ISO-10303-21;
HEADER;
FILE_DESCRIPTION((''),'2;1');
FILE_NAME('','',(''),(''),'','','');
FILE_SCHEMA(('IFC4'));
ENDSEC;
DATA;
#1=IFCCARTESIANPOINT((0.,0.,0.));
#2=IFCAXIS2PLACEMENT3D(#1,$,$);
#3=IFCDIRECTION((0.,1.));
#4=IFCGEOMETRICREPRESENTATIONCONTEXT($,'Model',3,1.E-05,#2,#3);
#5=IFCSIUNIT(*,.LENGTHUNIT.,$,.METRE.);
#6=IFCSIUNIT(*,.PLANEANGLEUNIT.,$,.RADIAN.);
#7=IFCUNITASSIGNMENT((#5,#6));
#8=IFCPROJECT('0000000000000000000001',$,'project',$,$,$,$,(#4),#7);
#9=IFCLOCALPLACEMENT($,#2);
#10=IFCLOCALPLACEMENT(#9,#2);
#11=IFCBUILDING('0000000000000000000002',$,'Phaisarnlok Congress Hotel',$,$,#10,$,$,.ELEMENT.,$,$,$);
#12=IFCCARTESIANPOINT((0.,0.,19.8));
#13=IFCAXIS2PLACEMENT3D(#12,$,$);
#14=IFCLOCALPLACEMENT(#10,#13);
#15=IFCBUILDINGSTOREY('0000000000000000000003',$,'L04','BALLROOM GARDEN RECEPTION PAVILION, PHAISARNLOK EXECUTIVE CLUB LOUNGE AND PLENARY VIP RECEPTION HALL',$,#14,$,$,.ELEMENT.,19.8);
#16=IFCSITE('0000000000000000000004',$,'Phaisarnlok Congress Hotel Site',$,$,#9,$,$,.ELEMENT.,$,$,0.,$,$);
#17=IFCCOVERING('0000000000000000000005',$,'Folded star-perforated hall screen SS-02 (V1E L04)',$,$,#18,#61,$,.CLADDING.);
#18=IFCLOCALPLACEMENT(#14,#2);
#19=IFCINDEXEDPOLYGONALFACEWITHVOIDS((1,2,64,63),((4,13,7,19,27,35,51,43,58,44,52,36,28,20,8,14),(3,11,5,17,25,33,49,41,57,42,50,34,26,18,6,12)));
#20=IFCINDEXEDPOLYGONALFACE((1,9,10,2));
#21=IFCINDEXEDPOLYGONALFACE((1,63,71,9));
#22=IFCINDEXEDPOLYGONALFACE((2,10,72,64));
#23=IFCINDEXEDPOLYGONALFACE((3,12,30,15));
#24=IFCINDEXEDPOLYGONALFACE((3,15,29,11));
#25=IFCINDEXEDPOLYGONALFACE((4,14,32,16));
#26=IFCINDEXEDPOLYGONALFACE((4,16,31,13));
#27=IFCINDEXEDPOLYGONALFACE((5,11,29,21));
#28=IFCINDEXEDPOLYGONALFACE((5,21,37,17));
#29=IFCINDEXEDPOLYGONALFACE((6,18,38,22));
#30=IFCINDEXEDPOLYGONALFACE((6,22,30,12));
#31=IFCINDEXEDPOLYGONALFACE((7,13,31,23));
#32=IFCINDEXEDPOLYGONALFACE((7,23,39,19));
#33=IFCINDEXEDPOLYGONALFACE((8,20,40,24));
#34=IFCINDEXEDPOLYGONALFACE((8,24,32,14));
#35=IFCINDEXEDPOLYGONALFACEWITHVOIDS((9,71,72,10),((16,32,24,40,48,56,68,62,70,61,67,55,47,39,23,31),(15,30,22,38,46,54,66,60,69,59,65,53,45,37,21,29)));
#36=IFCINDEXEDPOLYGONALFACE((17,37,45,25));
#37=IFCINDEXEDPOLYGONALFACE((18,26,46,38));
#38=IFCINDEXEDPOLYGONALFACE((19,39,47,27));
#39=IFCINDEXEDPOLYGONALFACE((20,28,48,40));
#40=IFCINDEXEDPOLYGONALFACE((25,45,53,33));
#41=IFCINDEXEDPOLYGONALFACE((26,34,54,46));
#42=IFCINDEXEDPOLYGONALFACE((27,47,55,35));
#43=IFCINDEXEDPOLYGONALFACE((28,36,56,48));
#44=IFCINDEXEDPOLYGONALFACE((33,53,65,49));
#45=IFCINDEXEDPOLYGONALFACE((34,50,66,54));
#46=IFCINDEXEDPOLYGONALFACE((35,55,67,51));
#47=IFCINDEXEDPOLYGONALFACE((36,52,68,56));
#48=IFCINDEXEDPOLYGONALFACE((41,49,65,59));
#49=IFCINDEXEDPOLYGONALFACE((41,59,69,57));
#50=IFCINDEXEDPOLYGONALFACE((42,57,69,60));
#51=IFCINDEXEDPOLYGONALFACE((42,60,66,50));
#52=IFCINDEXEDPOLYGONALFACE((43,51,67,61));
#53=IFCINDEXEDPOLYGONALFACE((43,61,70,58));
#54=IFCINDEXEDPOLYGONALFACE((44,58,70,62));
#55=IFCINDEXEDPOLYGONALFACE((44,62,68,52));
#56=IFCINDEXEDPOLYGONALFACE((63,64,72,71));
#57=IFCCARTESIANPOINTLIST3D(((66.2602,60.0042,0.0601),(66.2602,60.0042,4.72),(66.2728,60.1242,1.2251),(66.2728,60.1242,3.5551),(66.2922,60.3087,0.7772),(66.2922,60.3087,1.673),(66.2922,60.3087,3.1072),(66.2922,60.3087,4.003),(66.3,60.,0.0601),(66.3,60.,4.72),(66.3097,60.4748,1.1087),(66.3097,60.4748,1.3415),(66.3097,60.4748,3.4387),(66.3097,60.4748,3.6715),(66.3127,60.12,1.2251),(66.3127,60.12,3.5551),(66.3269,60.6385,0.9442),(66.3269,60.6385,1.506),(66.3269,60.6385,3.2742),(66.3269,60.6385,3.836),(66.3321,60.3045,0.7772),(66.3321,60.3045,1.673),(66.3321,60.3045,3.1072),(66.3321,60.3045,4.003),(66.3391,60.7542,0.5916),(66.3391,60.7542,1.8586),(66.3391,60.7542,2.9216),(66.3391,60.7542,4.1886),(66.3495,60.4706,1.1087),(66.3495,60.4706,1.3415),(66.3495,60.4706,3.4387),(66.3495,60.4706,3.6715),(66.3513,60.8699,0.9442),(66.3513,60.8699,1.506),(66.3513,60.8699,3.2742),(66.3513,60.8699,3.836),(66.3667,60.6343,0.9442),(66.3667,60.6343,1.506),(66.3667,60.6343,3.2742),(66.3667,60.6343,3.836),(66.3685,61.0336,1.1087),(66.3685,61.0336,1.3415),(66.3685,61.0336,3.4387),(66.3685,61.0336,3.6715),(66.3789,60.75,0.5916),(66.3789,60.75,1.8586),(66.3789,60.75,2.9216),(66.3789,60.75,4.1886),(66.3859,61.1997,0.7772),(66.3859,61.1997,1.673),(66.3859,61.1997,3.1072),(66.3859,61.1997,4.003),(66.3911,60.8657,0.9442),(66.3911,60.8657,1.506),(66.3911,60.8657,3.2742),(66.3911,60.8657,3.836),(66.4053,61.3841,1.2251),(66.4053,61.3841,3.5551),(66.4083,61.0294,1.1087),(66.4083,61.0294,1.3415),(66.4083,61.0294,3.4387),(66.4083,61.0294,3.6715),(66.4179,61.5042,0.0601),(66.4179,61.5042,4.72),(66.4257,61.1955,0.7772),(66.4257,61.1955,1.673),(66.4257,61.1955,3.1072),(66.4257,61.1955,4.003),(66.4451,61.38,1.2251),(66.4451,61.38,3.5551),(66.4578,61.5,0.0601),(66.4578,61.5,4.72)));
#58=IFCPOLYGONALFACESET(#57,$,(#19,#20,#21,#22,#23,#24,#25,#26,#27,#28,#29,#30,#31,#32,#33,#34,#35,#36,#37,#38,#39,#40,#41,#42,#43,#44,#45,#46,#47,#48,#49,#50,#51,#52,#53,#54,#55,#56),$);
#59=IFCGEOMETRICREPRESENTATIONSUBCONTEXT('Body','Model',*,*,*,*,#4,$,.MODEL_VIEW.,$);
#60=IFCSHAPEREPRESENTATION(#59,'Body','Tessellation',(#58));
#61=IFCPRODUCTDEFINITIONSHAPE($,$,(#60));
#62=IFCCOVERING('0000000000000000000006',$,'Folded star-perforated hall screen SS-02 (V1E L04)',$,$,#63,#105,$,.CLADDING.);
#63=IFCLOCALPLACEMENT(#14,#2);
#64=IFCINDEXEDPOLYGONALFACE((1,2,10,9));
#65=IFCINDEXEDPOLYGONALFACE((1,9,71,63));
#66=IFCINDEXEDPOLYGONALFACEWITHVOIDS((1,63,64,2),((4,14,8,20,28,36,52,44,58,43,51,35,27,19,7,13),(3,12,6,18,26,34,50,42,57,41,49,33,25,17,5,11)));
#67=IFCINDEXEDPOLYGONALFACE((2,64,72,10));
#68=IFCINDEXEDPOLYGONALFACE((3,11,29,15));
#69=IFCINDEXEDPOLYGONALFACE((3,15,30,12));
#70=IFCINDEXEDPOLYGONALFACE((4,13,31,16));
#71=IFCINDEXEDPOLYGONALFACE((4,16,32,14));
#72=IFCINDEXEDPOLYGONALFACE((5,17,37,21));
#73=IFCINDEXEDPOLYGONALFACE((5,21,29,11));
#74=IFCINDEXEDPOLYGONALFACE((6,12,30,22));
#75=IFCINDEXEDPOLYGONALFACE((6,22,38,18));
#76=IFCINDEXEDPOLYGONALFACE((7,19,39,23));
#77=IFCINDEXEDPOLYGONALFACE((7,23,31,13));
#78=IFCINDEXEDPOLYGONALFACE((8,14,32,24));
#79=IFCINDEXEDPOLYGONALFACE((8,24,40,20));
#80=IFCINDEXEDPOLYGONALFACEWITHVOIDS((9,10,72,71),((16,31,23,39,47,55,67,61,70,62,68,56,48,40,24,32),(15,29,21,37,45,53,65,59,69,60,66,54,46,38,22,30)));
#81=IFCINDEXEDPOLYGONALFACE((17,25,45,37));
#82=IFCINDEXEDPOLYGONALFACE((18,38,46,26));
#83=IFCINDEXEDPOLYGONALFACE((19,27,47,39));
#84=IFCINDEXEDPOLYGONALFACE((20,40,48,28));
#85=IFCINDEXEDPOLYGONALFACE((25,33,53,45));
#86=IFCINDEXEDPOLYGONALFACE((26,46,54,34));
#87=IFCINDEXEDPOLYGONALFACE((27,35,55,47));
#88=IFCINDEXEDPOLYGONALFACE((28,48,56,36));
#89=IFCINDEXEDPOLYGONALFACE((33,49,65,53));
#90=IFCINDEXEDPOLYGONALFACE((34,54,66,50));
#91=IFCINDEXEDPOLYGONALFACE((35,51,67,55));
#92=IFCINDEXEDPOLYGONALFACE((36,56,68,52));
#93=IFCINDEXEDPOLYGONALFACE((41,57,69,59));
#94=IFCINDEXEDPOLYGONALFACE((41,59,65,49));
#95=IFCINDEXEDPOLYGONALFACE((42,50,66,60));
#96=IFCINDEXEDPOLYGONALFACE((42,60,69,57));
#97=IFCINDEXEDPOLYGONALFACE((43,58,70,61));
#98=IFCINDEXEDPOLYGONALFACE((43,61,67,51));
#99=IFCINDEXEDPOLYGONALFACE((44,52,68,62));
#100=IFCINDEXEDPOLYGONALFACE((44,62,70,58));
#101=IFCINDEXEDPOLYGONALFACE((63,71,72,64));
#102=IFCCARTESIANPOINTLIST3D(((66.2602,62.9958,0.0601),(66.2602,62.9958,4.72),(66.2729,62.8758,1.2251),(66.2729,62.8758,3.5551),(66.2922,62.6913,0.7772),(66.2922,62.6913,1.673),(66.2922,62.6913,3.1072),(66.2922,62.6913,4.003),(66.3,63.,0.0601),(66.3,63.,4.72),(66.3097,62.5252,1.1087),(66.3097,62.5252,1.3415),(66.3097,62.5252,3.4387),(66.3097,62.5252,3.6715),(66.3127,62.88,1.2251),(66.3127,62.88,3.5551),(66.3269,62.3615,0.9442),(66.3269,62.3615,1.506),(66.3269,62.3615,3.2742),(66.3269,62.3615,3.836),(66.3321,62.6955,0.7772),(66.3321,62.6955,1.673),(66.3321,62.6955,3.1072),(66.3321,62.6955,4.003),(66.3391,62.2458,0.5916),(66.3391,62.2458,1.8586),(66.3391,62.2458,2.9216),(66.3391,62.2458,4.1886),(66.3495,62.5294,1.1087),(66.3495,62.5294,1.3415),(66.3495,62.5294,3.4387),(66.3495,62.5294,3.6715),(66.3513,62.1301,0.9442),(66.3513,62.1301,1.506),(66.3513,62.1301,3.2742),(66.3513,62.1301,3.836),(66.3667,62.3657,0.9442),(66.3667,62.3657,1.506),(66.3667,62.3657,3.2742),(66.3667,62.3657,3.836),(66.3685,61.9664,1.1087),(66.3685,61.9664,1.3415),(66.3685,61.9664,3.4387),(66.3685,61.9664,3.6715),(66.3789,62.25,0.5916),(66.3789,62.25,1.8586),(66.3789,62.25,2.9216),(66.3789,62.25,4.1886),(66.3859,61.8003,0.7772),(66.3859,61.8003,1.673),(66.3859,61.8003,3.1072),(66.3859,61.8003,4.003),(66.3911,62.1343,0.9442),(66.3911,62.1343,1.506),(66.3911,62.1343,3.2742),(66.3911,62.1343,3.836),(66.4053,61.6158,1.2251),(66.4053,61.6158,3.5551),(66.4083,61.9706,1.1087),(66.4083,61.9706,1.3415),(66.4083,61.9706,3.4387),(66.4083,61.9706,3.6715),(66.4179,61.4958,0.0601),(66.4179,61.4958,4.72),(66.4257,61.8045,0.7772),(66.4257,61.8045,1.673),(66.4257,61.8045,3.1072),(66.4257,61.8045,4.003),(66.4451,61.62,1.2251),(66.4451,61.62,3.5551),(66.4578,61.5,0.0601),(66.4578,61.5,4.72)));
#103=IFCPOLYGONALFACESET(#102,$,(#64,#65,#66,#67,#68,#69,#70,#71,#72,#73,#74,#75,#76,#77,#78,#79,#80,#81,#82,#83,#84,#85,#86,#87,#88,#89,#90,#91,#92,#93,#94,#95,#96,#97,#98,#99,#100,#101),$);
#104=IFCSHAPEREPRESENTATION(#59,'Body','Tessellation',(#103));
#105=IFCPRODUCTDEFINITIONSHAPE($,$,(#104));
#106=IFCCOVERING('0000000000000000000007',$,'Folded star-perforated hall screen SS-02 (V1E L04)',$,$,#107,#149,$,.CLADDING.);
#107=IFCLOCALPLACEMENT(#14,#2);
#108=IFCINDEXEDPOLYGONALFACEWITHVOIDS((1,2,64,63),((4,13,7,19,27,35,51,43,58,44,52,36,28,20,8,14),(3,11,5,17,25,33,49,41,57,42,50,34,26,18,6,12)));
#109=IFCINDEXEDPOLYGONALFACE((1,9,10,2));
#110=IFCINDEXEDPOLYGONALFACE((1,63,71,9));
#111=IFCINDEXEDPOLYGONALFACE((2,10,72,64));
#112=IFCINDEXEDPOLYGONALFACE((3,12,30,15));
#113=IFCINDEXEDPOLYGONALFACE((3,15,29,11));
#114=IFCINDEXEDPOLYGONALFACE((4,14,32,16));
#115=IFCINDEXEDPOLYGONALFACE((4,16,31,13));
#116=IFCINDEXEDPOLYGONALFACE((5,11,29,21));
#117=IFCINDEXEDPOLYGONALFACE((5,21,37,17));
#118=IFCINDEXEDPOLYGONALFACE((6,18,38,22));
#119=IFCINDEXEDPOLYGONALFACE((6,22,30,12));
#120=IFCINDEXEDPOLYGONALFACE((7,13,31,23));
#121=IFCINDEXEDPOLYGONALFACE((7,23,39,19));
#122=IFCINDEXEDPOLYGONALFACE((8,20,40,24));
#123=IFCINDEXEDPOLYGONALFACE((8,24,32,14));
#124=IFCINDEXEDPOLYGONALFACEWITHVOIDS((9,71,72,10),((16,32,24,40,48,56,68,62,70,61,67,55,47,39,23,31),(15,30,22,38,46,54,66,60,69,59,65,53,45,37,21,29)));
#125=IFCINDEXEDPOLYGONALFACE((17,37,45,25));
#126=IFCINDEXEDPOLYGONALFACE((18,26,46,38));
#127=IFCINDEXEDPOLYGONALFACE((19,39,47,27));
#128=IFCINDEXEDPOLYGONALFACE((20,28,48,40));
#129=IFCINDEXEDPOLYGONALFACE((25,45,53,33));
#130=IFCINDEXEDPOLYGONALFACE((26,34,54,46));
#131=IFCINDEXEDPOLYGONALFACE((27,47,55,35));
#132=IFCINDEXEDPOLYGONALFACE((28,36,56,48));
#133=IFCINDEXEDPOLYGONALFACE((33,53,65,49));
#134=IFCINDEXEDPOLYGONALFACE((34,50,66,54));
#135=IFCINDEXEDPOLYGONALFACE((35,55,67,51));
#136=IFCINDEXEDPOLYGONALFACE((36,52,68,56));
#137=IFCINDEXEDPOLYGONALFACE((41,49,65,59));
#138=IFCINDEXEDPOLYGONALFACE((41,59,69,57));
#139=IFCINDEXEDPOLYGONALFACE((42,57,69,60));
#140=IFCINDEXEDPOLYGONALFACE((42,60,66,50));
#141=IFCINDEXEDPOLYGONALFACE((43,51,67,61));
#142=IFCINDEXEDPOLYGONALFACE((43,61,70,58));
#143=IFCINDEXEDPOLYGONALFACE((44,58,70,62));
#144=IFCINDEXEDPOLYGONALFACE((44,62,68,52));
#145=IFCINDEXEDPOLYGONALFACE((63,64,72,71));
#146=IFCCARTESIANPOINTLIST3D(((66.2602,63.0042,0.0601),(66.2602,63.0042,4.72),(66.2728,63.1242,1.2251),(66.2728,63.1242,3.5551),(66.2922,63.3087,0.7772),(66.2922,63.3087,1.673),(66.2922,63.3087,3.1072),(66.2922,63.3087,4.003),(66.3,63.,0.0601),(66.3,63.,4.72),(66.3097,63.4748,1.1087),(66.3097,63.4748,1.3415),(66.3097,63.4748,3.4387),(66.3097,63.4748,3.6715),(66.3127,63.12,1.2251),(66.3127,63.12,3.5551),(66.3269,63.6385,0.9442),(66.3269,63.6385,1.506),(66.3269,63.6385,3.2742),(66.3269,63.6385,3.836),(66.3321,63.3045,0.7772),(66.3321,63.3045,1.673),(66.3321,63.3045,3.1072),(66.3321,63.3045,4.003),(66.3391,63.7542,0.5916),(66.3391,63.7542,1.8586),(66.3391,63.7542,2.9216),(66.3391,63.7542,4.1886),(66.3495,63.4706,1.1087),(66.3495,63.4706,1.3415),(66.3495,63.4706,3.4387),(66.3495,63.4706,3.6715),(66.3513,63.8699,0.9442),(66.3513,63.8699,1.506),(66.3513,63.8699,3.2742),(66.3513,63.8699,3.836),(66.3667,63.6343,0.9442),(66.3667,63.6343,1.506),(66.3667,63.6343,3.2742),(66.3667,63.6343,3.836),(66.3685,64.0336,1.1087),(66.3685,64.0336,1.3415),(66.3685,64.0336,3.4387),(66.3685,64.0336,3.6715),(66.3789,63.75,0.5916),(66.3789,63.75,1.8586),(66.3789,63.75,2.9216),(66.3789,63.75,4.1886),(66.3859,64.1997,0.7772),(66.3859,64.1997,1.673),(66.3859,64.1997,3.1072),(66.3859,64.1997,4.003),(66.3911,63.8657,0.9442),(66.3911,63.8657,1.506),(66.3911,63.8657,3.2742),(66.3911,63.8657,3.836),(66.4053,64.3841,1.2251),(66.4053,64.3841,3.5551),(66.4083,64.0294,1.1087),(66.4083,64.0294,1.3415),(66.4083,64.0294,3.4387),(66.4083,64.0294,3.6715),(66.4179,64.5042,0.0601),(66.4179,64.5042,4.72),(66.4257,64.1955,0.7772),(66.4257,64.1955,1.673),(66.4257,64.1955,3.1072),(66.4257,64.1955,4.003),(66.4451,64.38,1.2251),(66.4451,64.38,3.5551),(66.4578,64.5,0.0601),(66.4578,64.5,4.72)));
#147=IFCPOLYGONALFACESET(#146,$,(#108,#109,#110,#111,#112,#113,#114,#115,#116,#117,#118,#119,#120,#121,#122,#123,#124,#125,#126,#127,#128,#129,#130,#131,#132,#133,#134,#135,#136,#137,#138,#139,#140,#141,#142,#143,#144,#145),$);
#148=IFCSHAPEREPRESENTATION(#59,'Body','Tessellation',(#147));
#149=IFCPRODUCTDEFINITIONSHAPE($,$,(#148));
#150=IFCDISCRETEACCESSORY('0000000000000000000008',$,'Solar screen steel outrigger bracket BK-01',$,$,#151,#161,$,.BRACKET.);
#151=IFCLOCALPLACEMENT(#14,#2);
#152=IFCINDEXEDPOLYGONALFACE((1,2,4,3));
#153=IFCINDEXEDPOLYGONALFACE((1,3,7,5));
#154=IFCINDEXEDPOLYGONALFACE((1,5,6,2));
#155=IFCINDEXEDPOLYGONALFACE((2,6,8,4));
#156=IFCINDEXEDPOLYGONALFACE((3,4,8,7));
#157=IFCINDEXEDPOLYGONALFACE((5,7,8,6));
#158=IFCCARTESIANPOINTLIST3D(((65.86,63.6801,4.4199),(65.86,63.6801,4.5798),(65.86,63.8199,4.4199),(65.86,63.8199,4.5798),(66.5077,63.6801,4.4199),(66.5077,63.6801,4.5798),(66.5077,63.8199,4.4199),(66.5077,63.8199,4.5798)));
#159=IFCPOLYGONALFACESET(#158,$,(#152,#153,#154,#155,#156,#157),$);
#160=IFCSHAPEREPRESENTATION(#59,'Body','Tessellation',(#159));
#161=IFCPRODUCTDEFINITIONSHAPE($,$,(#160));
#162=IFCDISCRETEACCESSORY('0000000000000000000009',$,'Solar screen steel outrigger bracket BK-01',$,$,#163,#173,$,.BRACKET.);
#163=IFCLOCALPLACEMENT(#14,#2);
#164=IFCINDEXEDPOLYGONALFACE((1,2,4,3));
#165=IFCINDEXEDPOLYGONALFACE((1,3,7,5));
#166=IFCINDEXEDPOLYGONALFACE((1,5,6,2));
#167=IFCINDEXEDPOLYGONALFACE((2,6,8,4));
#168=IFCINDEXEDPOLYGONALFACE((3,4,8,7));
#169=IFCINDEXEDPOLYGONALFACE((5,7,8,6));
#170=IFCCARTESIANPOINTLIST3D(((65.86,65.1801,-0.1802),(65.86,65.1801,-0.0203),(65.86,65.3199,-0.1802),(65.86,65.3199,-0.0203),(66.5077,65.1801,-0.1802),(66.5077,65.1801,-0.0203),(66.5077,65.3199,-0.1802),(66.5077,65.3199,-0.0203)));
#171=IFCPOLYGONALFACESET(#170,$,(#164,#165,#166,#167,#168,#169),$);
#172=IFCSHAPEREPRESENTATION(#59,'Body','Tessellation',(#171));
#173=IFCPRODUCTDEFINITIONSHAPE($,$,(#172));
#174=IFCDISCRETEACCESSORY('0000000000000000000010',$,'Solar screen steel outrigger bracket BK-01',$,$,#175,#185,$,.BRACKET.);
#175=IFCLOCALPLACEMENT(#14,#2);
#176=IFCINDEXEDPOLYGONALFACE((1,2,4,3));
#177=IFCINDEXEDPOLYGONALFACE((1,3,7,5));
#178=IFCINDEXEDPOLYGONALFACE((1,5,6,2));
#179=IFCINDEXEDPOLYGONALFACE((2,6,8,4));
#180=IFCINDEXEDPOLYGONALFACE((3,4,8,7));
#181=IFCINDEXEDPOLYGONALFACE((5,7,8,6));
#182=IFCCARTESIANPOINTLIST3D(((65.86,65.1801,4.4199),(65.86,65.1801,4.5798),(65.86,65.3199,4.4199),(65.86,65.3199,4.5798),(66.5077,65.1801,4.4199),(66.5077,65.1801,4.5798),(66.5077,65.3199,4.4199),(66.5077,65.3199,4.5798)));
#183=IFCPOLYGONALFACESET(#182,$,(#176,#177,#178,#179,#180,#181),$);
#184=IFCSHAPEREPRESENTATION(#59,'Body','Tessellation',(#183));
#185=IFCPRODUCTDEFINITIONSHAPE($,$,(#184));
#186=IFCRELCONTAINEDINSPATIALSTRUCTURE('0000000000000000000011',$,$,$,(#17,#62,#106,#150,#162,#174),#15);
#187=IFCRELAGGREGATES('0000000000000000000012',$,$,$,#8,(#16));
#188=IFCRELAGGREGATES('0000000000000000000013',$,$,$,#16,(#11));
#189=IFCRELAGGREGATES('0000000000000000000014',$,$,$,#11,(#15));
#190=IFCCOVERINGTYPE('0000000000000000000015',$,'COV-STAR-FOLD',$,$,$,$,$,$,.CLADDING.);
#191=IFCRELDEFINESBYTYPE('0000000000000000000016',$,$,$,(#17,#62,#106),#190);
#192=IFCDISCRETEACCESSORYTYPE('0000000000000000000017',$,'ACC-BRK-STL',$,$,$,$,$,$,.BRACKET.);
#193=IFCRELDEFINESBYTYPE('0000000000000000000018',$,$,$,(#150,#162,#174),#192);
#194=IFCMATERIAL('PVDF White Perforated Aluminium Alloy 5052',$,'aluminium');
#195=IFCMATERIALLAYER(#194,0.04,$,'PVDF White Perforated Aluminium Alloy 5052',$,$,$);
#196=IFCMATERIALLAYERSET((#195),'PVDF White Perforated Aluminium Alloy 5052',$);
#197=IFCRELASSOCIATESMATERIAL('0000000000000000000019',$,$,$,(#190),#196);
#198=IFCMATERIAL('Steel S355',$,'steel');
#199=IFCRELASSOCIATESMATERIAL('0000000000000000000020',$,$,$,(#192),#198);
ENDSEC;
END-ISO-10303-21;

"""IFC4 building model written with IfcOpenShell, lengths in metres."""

from ifc_helpers import new_model, si_unit, direction, frame, origin, origin_2d, place, context, subcontext, project, spatial, polyline, rectangle, outline, extrude, material, layer, layer_set, type_object, element, save


model = new_model("IFC4")

# Units and contexts
model_context = context("Model", 3, precision=1e-05, world=origin(), true_north=direction((0.0, 1.0)))
body_context = subcontext(model_context, "Body", "Model", "MODEL_VIEW")
ifc_project = project(units=[si_unit("LENGTHUNIT", "METRE"), si_unit("PLANEANGLEUNIT", "RADIAN")], contexts=[model_context])

# Site, building, storey
site_placement = place(None, origin())
site = spatial("IfcSite", under=ifc_project, at=site_placement, Name="Phaisarnlok Congress Hotel Site", CompositionType="ELEMENT", RefElevation=0.0)
building_placement = place(site_placement, origin())
building = spatial("IfcBuilding", under=site, at=building_placement, Name="Phaisarnlok Congress Hotel", CompositionType="ELEMENT")
storey_placement = place(building_placement, frame((0.0, 0.0, 19.8)))
storey = spatial("IfcBuildingStorey", under=building, at=storey_placement, Name="L04", Description="BALLROOM GARDEN RECEPTION PAVILION, PHAISARNLOK EXECUTIVE CLUB LOUNGE AND PLENARY VIP RECEPTION HALL", CompositionType="ELEMENT", Elevation=19.8)

# Shared definitions
ifc_material_1 = material(Name="Steel S355", Category="steel")

# Coverings
ifc_material_2 = material(Name="PVDF White Perforated Aluminium Alloy 5052", Category="aluminium")
ifc_layer_1 = layer(ifc_material_2, 0.04, Name="PVDF White Perforated Aluminium Alloy 5052")
ifc_layer_set_1 = layer_set([ifc_layer_1], Name="PVDF White Perforated Aluminium Alloy 5052")
covering_type = type_object("IfcCoveringType", Name="COV-STAR-FOLD", PredefinedType="CLADDING", material=ifc_layer_set_1)
for number, where, z_axis, x_axis, name in (
    (1, (66.4578, 61.5, 0.0601), (-0.994518, 0.104567, 0.0), (-0.104567, -0.994518, 0.0), "Folded star-perforated hall screen SS-02 (V1E L04)"),
    (2, (66.3, 63.0, 0.0601), (-0.994518, -0.104567, 0.0), (0.104567, -0.994518, 0.0), "Folded star-perforated hall screen SS-02 (V1E L04)"),
    (3, (66.4578, 64.5, 0.0601), (-0.994518, 0.104567, 0.0), (-0.104567, -0.994518, 0.0), "Folded star-perforated hall screen SS-02 (V1E L04)"),
):
    element("IfcCovering", number, at=place(storey_placement, frame(where, z_axis=z_axis, x_axis=x_axis)), inside=storey, type_object=covering_type, Name=name, PredefinedType="CLADDING", context=body_context, shape_type="SweptSolid", body=[
        extrude(outline(polyline([(0.0, 0.0), (1.5083, 0.0), (1.5083, 4.6599), (0.0, 4.6599), (0.0, 0.0)]), holes=[polyline([(1.0351, 1.0486), (1.2021, 0.7171), (0.8705, 0.8841), (0.7541, 0.5315), (0.6378, 0.8841), (0.3062, 0.7171), (0.4732, 1.0486), (0.1207, 1.165), (0.4732, 1.2814), (0.3062, 1.6129), (0.6378, 1.4459), (0.7541, 1.7985), (0.8705, 1.4459), (1.2021, 1.6129), (1.0351, 1.2814), (1.3876, 1.165), (1.0351, 1.0486)]), polyline([(1.0351, 3.3786), (1.2021, 3.0471), (0.8705, 3.2141), (0.7541, 2.8615), (0.6378, 3.2141), (0.3062, 3.0471), (0.4732, 3.3786), (0.1207, 3.495), (0.4732, 3.6114), (0.3062, 3.9429), (0.6378, 3.7759), (0.7541, 4.1285), (0.8705, 3.7759), (1.2021, 3.9429), (1.0351, 3.6114), (1.3876, 3.495), (1.0351, 3.3786)])]), origin(), (0.0, 0.0, 1.0), 0.04),
    ])

# Discrete accessories
discrete_accessory_type = type_object("IfcDiscreteAccessoryType", Name="ACC-BRK-STL", PredefinedType="BRACKET", material=ifc_material_1)
for number, where, z_axis, x_axis, name in (
    (4, (66.1838, 63.75, 4.4199), (0.0, 0.0, 1.0), (1.0, 0.0, 0.0), "Solar screen steel outrigger bracket BK-01"),
    (5, (66.1838, 65.25, -0.1802), (0.0, 0.0, 1.0), (1.0, 0.0, 0.0), "Solar screen steel outrigger bracket BK-01"),
    (6, (66.1838, 65.25, 4.4199), (0.0, 0.0, 1.0), (1.0, 0.0, 0.0), "Solar screen steel outrigger bracket BK-01"),
):
    element("IfcDiscreteAccessory", number, at=place(storey_placement, frame(where, z_axis=z_axis, x_axis=x_axis)), inside=storey, type_object=discrete_accessory_type, Name=name, PredefinedType="BRACKET", context=body_context, shape_type="SweptSolid", body=[
        extrude(rectangle(XDim=0.6477, YDim=0.1399, at=origin_2d()), origin(), (0.0, 0.0, 1.0), 0.1599),
    ])

save(model, "model.ifc")
